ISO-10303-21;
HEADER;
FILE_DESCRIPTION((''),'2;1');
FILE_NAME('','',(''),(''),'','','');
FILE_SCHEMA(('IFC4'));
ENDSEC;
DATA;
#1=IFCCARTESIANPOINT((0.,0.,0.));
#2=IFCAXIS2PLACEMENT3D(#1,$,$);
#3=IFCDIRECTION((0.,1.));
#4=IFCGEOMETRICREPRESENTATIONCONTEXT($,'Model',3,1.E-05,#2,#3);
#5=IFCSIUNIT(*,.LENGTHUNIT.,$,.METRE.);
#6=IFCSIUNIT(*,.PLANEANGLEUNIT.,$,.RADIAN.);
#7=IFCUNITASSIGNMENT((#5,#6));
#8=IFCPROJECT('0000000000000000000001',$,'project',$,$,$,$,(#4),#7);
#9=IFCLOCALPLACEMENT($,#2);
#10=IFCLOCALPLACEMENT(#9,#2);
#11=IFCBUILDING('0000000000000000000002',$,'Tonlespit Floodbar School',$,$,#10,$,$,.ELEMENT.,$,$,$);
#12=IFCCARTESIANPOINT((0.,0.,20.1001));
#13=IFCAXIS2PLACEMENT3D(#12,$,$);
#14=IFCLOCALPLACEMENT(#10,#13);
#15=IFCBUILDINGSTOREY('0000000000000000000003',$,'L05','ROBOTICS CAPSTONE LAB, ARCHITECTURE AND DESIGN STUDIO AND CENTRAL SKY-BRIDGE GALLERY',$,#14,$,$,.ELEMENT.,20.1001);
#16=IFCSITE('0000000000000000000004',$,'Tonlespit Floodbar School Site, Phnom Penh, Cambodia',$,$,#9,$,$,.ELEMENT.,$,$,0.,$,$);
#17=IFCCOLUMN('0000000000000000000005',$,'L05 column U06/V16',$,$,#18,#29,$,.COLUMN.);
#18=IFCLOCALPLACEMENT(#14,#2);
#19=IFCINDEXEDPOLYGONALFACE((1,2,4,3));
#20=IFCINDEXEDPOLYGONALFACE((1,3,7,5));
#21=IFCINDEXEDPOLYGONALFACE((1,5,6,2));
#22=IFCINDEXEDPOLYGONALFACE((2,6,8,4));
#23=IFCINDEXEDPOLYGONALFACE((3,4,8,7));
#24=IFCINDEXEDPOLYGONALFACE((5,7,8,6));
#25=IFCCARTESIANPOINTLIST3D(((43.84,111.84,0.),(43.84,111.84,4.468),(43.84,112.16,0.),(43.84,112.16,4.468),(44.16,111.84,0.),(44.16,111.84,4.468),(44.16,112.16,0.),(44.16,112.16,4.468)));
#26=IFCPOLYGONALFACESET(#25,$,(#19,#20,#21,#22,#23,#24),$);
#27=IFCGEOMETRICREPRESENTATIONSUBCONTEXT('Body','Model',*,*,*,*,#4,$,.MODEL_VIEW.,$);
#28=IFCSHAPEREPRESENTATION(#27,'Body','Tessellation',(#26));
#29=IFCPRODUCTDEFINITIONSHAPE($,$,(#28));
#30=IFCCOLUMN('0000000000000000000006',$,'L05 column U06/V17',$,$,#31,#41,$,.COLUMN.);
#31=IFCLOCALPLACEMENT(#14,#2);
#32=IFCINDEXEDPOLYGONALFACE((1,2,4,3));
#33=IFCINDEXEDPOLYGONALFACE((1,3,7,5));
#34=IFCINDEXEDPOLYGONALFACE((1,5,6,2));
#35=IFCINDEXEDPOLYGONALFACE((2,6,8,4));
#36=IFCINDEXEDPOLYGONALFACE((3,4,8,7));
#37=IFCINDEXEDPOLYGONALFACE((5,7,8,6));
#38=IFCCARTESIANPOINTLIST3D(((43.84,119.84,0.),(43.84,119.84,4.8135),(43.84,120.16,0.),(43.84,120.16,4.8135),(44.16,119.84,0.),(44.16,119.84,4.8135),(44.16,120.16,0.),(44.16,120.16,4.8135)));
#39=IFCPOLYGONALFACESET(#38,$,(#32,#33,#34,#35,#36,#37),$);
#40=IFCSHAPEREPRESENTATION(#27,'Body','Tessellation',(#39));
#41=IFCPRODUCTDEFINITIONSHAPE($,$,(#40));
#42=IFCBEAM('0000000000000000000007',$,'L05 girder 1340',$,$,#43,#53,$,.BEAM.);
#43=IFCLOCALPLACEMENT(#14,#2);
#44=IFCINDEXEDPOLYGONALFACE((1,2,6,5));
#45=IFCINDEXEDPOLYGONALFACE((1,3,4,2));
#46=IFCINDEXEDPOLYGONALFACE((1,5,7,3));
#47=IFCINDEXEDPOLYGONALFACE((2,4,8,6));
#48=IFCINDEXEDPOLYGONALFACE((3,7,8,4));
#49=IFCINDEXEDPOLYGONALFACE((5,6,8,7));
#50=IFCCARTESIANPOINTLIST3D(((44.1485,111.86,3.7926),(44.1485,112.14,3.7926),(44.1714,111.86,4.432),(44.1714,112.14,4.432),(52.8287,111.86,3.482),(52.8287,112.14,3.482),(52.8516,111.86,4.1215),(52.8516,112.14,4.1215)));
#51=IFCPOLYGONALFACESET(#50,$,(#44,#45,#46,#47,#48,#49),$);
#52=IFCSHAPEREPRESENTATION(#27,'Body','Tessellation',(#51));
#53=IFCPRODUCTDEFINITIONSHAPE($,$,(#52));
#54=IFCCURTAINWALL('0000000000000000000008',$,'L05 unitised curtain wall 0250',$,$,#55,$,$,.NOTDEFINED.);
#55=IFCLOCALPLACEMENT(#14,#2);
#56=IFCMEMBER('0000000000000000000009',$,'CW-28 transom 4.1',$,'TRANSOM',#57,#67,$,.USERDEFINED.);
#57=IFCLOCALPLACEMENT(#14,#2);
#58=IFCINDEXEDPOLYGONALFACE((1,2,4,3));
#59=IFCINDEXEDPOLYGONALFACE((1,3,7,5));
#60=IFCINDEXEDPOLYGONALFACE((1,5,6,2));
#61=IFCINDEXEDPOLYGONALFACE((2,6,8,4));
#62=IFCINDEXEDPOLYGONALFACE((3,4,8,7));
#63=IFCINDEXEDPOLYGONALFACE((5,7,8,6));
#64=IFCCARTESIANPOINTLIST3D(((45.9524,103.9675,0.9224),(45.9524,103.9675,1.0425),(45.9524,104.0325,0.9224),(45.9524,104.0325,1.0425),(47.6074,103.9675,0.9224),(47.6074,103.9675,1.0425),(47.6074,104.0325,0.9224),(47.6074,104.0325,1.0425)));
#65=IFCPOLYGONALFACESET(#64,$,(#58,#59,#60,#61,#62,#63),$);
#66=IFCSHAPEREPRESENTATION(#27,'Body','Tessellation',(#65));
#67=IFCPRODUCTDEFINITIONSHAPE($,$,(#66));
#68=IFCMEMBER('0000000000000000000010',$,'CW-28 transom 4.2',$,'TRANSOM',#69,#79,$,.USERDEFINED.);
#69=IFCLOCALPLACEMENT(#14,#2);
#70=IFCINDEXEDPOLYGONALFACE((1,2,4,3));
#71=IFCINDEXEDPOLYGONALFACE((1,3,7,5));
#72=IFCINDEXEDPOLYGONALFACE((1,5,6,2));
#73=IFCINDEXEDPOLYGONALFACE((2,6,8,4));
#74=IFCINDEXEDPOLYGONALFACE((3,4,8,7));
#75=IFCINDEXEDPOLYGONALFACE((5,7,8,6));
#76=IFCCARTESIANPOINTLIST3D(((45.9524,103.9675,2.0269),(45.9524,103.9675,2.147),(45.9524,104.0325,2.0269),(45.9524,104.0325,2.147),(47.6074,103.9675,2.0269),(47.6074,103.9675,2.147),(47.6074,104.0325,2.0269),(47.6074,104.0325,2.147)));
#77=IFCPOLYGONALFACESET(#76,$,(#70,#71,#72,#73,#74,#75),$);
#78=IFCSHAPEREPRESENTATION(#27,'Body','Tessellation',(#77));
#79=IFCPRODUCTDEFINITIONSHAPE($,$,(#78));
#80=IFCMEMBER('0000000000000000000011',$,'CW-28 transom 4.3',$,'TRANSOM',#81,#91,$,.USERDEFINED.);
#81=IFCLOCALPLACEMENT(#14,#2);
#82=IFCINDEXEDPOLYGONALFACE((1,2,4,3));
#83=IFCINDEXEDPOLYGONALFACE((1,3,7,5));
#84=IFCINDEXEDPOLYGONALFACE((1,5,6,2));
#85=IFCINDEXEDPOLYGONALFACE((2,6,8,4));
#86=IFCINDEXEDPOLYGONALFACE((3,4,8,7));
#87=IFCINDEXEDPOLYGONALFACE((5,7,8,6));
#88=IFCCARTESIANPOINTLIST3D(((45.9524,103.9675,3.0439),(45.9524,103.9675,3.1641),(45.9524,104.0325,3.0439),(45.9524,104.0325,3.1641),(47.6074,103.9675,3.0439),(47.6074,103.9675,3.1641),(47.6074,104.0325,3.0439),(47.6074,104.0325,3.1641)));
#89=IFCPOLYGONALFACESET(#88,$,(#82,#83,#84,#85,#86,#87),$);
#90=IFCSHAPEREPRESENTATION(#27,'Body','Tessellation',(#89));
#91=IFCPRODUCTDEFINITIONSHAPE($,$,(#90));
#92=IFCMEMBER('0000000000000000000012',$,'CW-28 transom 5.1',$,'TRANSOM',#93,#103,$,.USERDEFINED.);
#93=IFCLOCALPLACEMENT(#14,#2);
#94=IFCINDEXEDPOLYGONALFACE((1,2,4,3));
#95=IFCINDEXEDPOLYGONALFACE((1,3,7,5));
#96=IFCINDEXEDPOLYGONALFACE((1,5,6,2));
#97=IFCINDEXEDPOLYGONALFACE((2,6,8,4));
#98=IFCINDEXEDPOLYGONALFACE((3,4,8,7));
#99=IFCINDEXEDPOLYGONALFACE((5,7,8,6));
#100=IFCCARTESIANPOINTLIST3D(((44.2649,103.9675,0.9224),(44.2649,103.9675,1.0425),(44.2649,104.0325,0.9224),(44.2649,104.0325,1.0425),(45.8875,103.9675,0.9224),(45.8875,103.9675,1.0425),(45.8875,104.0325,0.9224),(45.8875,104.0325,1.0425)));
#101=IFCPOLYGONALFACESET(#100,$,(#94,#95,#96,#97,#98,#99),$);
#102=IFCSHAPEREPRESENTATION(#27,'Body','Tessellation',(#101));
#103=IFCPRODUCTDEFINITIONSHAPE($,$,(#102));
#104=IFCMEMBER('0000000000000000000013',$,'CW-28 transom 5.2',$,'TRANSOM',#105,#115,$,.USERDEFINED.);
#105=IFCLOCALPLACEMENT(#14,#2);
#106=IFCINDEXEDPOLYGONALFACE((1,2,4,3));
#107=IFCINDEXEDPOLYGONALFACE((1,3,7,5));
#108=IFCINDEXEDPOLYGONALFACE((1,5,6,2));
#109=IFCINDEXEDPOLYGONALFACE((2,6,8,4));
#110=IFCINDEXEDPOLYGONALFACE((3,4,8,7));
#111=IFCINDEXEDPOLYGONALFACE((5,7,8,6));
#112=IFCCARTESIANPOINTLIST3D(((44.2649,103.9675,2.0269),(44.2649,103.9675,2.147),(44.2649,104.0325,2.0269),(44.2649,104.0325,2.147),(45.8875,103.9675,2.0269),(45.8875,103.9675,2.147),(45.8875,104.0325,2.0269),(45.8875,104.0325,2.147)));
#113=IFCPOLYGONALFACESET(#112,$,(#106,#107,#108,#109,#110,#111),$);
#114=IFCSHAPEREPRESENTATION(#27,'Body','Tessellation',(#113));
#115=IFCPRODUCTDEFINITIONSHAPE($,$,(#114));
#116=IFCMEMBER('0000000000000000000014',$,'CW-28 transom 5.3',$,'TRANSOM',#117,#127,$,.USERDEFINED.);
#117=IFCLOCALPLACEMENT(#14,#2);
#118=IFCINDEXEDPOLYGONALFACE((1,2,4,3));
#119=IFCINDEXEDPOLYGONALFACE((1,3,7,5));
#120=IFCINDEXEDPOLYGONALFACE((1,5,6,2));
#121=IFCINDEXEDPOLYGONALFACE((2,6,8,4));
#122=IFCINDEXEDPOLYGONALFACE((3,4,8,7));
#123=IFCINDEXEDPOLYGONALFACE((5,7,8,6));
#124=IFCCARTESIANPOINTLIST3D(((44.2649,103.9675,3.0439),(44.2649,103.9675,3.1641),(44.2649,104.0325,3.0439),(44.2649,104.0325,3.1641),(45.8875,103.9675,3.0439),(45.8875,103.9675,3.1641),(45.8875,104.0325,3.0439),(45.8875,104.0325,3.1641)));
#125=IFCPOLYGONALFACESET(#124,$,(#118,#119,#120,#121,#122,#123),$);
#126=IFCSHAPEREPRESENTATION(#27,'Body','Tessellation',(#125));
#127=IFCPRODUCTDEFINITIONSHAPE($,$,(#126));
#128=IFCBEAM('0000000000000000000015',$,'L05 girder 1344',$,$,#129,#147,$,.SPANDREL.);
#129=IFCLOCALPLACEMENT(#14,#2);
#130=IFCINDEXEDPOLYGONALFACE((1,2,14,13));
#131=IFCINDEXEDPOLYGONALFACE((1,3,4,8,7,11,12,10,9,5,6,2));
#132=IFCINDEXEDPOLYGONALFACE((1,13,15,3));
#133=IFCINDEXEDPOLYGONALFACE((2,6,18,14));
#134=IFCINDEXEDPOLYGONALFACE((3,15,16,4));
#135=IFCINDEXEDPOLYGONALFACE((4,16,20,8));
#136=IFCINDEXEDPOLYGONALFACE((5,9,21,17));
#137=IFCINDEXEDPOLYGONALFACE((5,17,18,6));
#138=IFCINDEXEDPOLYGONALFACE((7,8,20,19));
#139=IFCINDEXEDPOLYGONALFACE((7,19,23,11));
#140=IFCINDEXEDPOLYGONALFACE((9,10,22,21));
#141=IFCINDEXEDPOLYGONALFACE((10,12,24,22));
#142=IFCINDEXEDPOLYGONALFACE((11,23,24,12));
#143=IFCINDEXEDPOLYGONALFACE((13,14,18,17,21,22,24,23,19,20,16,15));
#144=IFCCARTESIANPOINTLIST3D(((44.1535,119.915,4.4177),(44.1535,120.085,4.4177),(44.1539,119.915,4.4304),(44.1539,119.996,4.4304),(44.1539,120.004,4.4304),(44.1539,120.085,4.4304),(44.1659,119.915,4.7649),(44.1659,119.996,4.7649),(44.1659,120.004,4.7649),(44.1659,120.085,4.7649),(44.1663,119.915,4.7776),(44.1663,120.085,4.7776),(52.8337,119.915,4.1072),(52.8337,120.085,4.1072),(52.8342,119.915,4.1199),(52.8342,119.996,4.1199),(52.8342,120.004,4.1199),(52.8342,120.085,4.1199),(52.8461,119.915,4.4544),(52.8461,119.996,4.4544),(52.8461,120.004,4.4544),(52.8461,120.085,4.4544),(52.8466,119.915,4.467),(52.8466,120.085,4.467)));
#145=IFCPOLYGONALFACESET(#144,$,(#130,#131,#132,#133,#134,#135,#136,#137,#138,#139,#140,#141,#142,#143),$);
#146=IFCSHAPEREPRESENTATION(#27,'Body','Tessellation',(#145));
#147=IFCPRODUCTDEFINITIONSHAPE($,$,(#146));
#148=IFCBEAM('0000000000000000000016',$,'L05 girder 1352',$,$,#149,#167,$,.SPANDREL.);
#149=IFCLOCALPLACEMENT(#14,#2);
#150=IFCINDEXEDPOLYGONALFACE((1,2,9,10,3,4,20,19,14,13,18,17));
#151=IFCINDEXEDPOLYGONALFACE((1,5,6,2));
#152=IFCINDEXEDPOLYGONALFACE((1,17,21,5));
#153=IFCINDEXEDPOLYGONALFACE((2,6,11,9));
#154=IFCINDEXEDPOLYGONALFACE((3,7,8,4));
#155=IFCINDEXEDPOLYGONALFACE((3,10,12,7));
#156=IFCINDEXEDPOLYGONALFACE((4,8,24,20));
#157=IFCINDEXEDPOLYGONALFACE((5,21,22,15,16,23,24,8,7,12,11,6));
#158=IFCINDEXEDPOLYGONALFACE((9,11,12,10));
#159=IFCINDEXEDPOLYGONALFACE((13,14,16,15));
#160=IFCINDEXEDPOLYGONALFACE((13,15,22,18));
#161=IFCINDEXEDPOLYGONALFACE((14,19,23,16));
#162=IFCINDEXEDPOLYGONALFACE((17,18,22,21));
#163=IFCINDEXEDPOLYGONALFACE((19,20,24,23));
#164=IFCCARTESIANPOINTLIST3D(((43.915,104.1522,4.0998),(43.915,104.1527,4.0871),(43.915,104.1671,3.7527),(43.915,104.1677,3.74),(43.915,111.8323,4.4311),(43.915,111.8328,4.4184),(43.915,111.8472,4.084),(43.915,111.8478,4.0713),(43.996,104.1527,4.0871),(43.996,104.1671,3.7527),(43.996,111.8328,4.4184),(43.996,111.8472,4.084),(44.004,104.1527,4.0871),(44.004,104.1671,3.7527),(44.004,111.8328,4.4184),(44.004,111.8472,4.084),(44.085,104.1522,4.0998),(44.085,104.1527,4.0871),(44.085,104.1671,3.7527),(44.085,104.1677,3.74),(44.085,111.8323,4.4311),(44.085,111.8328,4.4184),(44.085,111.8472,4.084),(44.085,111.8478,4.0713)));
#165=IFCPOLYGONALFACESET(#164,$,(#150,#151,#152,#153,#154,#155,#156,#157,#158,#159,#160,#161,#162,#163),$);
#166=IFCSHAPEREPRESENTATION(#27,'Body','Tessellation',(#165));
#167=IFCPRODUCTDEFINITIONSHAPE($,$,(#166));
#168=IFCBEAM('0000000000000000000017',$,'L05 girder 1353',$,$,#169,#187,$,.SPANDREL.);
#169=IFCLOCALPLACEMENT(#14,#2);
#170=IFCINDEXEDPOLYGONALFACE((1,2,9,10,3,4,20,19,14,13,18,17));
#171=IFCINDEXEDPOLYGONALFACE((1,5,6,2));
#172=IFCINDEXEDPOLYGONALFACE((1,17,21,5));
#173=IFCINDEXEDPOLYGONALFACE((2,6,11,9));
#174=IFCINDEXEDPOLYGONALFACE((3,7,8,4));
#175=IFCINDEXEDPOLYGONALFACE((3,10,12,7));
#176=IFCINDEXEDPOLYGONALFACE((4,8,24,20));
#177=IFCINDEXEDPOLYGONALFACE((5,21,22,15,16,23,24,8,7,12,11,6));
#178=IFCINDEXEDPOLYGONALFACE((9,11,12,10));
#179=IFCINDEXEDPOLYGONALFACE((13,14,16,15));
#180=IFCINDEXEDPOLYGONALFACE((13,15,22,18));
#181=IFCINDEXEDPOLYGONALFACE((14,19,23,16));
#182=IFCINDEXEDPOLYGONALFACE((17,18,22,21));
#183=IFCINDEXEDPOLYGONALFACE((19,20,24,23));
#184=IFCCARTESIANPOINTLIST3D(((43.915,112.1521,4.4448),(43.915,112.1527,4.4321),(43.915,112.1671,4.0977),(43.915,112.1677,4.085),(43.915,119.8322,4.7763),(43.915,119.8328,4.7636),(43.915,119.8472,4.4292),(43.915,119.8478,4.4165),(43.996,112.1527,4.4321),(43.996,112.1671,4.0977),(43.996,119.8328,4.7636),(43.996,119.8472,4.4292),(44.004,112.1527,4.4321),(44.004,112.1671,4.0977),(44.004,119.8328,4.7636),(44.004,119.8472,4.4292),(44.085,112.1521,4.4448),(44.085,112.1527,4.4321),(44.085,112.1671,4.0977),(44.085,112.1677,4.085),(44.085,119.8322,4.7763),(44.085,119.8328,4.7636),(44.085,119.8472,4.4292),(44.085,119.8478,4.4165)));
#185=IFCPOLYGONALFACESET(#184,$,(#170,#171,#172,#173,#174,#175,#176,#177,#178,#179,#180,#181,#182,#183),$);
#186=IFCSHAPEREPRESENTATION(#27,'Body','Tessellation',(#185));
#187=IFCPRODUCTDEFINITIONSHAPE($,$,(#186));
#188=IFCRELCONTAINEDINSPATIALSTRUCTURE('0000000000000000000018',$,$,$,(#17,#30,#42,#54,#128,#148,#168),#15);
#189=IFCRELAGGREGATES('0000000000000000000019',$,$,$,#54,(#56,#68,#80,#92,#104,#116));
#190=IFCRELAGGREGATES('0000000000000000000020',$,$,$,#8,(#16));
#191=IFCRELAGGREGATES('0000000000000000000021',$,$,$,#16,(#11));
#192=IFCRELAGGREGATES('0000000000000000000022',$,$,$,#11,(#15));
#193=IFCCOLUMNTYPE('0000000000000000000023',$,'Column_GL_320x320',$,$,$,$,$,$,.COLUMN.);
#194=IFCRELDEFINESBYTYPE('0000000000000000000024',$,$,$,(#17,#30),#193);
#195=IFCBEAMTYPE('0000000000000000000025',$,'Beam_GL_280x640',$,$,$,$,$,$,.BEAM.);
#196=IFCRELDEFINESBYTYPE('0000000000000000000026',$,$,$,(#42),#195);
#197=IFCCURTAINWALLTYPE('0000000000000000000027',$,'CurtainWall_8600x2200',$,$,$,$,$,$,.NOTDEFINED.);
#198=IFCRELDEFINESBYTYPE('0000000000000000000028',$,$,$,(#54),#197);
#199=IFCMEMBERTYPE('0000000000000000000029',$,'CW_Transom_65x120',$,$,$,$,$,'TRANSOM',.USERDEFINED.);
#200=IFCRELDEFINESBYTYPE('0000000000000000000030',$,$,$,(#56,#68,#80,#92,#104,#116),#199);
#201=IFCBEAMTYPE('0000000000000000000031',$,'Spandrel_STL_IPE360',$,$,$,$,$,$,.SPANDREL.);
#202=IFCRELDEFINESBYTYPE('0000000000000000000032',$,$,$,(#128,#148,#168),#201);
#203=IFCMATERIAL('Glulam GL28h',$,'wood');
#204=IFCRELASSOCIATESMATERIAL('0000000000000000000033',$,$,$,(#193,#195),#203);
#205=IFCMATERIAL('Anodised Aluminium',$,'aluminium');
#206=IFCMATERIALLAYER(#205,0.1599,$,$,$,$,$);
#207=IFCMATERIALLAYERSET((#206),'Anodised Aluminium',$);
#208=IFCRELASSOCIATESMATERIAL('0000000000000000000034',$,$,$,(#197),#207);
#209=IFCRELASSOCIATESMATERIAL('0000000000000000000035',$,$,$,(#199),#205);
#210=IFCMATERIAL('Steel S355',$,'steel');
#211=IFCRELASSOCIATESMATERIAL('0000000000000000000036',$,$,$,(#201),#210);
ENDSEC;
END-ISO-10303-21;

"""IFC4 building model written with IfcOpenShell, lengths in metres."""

from ifc_helpers import new_model, si_unit, direction, frame, origin, origin_2d, place, context, subcontext, project, spatial, rectangle, i_section, extrude, material, layer, layer_set, material_profile, profile_set, type_object, element, aggregate, save


model = new_model("IFC4")

# Units and contexts
model_context = context("Model", 3, precision=1e-05, world=origin(), true_north=direction((0.0, 1.0)))
body_context = subcontext(model_context, "Body", "Model", "MODEL_VIEW")
ifc_project = project(units=[si_unit("LENGTHUNIT", "METRE"), si_unit("PLANEANGLEUNIT", "RADIAN")], contexts=[model_context])

# Site, building, storey
site_placement = place(None, origin())
site = spatial("IfcSite", under=ifc_project, at=site_placement, Name="Tonlespit Floodbar School Site, Phnom Penh, Cambodia", CompositionType="ELEMENT", RefElevation=0.0)
building_placement = place(site_placement, origin())
building = spatial("IfcBuilding", under=site, at=building_placement, Name="Tonlespit Floodbar School", CompositionType="ELEMENT")
storey_placement = place(building_placement, frame((0.0, 0.0, 20.1001)))
storey = spatial("IfcBuildingStorey", under=building, at=storey_placement, Name="L05", Description="ROBOTICS CAPSTONE LAB, ARCHITECTURE AND DESIGN STUDIO AND CENTRAL SKY-BRIDGE GALLERY", CompositionType="ELEMENT", Elevation=20.1001)

# Columns
ifc_material_1 = material(Name="Glulam GL28h", Category="wood")
ifc_material_profile_1 = material_profile(ifc_material_1, rectangle(XDim=0.3201, YDim=0.3201, at=origin_2d()), Name="GL 320x320")
ifc_profile_set_1 = profile_set([ifc_material_profile_1], Name="Glulam GL28h")
column_type = type_object("IfcColumnType", Name="Column_GL_320x320", PredefinedType="COLUMN", material=ifc_profile_set_1)
column_1_placement = place(storey_placement, frame((44.0, 112.0, 0.0), z_axis=(0.0, 0.0, 1.0), x_axis=(1.0, 0.0, 0.0)))
element("IfcColumn", 1, at=column_1_placement, inside=storey, type_object=column_type, Name="L05 column U06/V16", PredefinedType="COLUMN", context=body_context, shape_type="SweptSolid", body=[
    extrude(rectangle(XDim=0.3201, YDim=0.3201, at=origin_2d()), origin(), (0.0, 0.0, 1.0), 4.468),
])
column_2_placement = place(storey_placement, frame((44.0, 120.0, 0.0), z_axis=(0.0, 0.0, 1.0), x_axis=(1.0, 0.0, 0.0)))
element("IfcColumn", 2, at=column_2_placement, inside=storey, type_object=column_type, Name="L05 column U06/V17", PredefinedType="COLUMN", context=body_context, shape_type="SweptSolid", body=[
    extrude(rectangle(XDim=0.3201, YDim=0.3201, at=origin_2d()), origin(), (0.0, 0.0, 1.0), 4.8135),
])

# Beam
ifc_material_profile_2 = material_profile(ifc_material_1, rectangle(XDim=0.28, YDim=0.6399, at=origin_2d()), Name="GL 280x640")
ifc_profile_set_2 = profile_set([ifc_material_profile_2], Name="Glulam GL28h")
beam_type_1 = type_object("IfcBeamType", Name="Beam_GL_280x640", PredefinedType="BEAM", material=ifc_profile_set_2)
beam_1_placement = place(storey_placement, frame((44.1599, 112.0, 4.1123), z_axis=(0.999361, 0.0, -0.035754), x_axis=(0.0, 1.0, 0.0)))
element("IfcBeam", 3, at=beam_1_placement, inside=storey, type_object=beam_type_1, Name="L05 girder 1340", PredefinedType="BEAM", context=body_context, shape_type="SweptSolid", body=[
    extrude(rectangle(XDim=0.28, YDim=0.6399, at=origin_2d()), origin(), (0.0, 0.0, 1.0), 8.6858),
])

# Curtain wall, members
ifc_material_2 = material(Name="Anodised Aluminium", Category="aluminium")
ifc_layer_1 = layer(ifc_material_2, 0.1599)
ifc_layer_set_1 = layer_set([ifc_layer_1], Name="Anodised Aluminium")
curtain_wall_type = type_object("IfcCurtainWallType", Name="CurtainWall_8600x2200", PredefinedType="NOTDEFINED", material=ifc_layer_set_1)
curtain_wall_placement = place(storey_placement, origin())
curtain_wall = element("IfcCurtainWall", 4, at=curtain_wall_placement, inside=storey, type_object=curtain_wall_type, Name="L05 unitised curtain wall 0250", PredefinedType="NOTDEFINED")
ifc_material_profile_3 = material_profile(ifc_material_2, rectangle(XDim=0.0649, YDim=0.1201, at=origin_2d()), Name="ALU T65x120")
ifc_profile_set_3 = profile_set([ifc_material_profile_3], Name="Anodised Aluminium")
member_type = type_object("IfcMemberType", Name="CW_Transom_65x120", ElementType="TRANSOM", PredefinedType="USERDEFINED", material=ifc_profile_set_3)
member_1_placement = place(storey_placement, frame((47.6074, 104.0, 0.9824), z_axis=(-1.0, 0.0, 0.0), x_axis=(0.0, -1.0, 0.0)))
member_1 = element("IfcMember", 5, at=member_1_placement, type_object=member_type, Name="CW-28 transom 4.1", ObjectType="TRANSOM", PredefinedType="USERDEFINED", context=body_context, shape_type="SweptSolid", body=[
    extrude(rectangle(XDim=0.0649, YDim=0.1201, at=origin_2d()), origin(), (0.0, 0.0, 1.0), 1.655),
])
member_2_placement = place(storey_placement, frame((47.6074, 104.0, 2.0869), z_axis=(-1.0, 0.0, 0.0), x_axis=(0.0, -1.0, 0.0)))
member_2 = element("IfcMember", 6, at=member_2_placement, type_object=member_type, Name="CW-28 transom 4.2", ObjectType="TRANSOM", PredefinedType="USERDEFINED", context=body_context, shape_type="SweptSolid", body=[
    extrude(rectangle(XDim=0.0649, YDim=0.1201, at=origin_2d()), origin(), (0.0, 0.0, 1.0), 1.655),
])
member_3_placement = place(storey_placement, frame((47.6074, 104.0, 3.104), z_axis=(-1.0, 0.0, 0.0), x_axis=(0.0, -1.0, 0.0)))
member_3 = element("IfcMember", 7, at=member_3_placement, type_object=member_type, Name="CW-28 transom 4.3", ObjectType="TRANSOM", PredefinedType="USERDEFINED", context=body_context, shape_type="SweptSolid", body=[
    extrude(rectangle(XDim=0.0649, YDim=0.1201, at=origin_2d()), origin(), (0.0, 0.0, 1.0), 1.655),
])
member_4_placement = place(storey_placement, frame((45.8875, 104.0, 0.9824), z_axis=(-1.0, 0.0, 0.0), x_axis=(0.0, -1.0, 0.0)))
member_4 = element("IfcMember", 8, at=member_4_placement, type_object=member_type, Name="CW-28 transom 5.1", ObjectType="TRANSOM", PredefinedType="USERDEFINED", context=body_context, shape_type="SweptSolid", body=[
    extrude(rectangle(XDim=0.0649, YDim=0.1201, at=origin_2d()), origin(), (0.0, 0.0, 1.0), 1.6226),
])
member_5_placement = place(storey_placement, frame((45.8875, 104.0, 2.0869), z_axis=(-1.0, 0.0, 0.0), x_axis=(0.0, -1.0, 0.0)))
member_5 = element("IfcMember", 9, at=member_5_placement, type_object=member_type, Name="CW-28 transom 5.2", ObjectType="TRANSOM", PredefinedType="USERDEFINED", context=body_context, shape_type="SweptSolid", body=[
    extrude(rectangle(XDim=0.0649, YDim=0.1201, at=origin_2d()), origin(), (0.0, 0.0, 1.0), 1.6226),
])
member_6_placement = place(storey_placement, frame((45.8875, 104.0, 3.104), z_axis=(-1.0, 0.0, 0.0), x_axis=(0.0, -1.0, 0.0)))
member_6 = element("IfcMember", 10, at=member_6_placement, type_object=member_type, Name="CW-28 transom 5.3", ObjectType="TRANSOM", PredefinedType="USERDEFINED", context=body_context, shape_type="SweptSolid", body=[
    extrude(rectangle(XDim=0.0649, YDim=0.1201, at=origin_2d()), origin(), (0.0, 0.0, 1.0), 1.6226),
])

# Beams
ifc_material_3 = material(Name="Steel S355", Category="steel")
ifc_material_profile_4 = material_profile(ifc_material_3, i_section(OverallWidth=0.1699, OverallDepth=0.3601, WebThickness=0.0081, FlangeThickness=0.0127, at=origin_2d()), Name="IPE 360")
ifc_profile_set_4 = profile_set([ifc_material_profile_4], Name="Steel S355")
beam_type_2 = type_object("IfcBeamType", Name="Spandrel_STL_IPE360", PredefinedType="SPANDREL", material=ifc_profile_set_4)
beam_2_placement = place(storey_placement, frame((44.1599, 120.0, 4.5977), z_axis=(0.999361, 0.0, -0.035754), x_axis=(0.0, 1.0, 0.0)))
element("IfcBeam", 11, at=beam_2_placement, inside=storey, type_object=beam_type_2, Name="L05 girder 1344", PredefinedType="SPANDREL", context=body_context, shape_type="SweptSolid", body=[
    extrude(i_section(OverallWidth=0.1699, OverallDepth=0.3601, WebThickness=0.0081, FlangeThickness=0.0127, at=origin_2d()), origin(), (0.0, 0.0, 1.0), 8.6858),
])
for number, where, z_axis, x_axis, name in (
    (12, (44.0, 104.1599, 3.9199), (0.0, 0.999071, 0.043097), (-1.0, 0.0, 0.0), "L05 girder 1352"),
    (13, (44.0, 112.1599, 4.2649), (0.0, 0.99907, 0.043129), (-1.0, 0.0, 0.0), "L05 girder 1353"),
):
    element("IfcBeam", number, at=place(storey_placement, frame(where, z_axis=z_axis, x_axis=x_axis)), inside=storey, type_object=beam_type_2, Name=name, PredefinedType="SPANDREL", context=body_context, shape_type="SweptSolid", body=[
        extrude(i_section(OverallWidth=0.1699, OverallDepth=0.3601, WebThickness=0.0081, FlangeThickness=0.0127, at=origin_2d()), origin(), (0.0, 0.0, 1.0), 7.6873),
    ])

aggregate(curtain_wall, [member_1, member_2, member_3, member_4, member_5, member_6])

save(model, "model.ifc")
